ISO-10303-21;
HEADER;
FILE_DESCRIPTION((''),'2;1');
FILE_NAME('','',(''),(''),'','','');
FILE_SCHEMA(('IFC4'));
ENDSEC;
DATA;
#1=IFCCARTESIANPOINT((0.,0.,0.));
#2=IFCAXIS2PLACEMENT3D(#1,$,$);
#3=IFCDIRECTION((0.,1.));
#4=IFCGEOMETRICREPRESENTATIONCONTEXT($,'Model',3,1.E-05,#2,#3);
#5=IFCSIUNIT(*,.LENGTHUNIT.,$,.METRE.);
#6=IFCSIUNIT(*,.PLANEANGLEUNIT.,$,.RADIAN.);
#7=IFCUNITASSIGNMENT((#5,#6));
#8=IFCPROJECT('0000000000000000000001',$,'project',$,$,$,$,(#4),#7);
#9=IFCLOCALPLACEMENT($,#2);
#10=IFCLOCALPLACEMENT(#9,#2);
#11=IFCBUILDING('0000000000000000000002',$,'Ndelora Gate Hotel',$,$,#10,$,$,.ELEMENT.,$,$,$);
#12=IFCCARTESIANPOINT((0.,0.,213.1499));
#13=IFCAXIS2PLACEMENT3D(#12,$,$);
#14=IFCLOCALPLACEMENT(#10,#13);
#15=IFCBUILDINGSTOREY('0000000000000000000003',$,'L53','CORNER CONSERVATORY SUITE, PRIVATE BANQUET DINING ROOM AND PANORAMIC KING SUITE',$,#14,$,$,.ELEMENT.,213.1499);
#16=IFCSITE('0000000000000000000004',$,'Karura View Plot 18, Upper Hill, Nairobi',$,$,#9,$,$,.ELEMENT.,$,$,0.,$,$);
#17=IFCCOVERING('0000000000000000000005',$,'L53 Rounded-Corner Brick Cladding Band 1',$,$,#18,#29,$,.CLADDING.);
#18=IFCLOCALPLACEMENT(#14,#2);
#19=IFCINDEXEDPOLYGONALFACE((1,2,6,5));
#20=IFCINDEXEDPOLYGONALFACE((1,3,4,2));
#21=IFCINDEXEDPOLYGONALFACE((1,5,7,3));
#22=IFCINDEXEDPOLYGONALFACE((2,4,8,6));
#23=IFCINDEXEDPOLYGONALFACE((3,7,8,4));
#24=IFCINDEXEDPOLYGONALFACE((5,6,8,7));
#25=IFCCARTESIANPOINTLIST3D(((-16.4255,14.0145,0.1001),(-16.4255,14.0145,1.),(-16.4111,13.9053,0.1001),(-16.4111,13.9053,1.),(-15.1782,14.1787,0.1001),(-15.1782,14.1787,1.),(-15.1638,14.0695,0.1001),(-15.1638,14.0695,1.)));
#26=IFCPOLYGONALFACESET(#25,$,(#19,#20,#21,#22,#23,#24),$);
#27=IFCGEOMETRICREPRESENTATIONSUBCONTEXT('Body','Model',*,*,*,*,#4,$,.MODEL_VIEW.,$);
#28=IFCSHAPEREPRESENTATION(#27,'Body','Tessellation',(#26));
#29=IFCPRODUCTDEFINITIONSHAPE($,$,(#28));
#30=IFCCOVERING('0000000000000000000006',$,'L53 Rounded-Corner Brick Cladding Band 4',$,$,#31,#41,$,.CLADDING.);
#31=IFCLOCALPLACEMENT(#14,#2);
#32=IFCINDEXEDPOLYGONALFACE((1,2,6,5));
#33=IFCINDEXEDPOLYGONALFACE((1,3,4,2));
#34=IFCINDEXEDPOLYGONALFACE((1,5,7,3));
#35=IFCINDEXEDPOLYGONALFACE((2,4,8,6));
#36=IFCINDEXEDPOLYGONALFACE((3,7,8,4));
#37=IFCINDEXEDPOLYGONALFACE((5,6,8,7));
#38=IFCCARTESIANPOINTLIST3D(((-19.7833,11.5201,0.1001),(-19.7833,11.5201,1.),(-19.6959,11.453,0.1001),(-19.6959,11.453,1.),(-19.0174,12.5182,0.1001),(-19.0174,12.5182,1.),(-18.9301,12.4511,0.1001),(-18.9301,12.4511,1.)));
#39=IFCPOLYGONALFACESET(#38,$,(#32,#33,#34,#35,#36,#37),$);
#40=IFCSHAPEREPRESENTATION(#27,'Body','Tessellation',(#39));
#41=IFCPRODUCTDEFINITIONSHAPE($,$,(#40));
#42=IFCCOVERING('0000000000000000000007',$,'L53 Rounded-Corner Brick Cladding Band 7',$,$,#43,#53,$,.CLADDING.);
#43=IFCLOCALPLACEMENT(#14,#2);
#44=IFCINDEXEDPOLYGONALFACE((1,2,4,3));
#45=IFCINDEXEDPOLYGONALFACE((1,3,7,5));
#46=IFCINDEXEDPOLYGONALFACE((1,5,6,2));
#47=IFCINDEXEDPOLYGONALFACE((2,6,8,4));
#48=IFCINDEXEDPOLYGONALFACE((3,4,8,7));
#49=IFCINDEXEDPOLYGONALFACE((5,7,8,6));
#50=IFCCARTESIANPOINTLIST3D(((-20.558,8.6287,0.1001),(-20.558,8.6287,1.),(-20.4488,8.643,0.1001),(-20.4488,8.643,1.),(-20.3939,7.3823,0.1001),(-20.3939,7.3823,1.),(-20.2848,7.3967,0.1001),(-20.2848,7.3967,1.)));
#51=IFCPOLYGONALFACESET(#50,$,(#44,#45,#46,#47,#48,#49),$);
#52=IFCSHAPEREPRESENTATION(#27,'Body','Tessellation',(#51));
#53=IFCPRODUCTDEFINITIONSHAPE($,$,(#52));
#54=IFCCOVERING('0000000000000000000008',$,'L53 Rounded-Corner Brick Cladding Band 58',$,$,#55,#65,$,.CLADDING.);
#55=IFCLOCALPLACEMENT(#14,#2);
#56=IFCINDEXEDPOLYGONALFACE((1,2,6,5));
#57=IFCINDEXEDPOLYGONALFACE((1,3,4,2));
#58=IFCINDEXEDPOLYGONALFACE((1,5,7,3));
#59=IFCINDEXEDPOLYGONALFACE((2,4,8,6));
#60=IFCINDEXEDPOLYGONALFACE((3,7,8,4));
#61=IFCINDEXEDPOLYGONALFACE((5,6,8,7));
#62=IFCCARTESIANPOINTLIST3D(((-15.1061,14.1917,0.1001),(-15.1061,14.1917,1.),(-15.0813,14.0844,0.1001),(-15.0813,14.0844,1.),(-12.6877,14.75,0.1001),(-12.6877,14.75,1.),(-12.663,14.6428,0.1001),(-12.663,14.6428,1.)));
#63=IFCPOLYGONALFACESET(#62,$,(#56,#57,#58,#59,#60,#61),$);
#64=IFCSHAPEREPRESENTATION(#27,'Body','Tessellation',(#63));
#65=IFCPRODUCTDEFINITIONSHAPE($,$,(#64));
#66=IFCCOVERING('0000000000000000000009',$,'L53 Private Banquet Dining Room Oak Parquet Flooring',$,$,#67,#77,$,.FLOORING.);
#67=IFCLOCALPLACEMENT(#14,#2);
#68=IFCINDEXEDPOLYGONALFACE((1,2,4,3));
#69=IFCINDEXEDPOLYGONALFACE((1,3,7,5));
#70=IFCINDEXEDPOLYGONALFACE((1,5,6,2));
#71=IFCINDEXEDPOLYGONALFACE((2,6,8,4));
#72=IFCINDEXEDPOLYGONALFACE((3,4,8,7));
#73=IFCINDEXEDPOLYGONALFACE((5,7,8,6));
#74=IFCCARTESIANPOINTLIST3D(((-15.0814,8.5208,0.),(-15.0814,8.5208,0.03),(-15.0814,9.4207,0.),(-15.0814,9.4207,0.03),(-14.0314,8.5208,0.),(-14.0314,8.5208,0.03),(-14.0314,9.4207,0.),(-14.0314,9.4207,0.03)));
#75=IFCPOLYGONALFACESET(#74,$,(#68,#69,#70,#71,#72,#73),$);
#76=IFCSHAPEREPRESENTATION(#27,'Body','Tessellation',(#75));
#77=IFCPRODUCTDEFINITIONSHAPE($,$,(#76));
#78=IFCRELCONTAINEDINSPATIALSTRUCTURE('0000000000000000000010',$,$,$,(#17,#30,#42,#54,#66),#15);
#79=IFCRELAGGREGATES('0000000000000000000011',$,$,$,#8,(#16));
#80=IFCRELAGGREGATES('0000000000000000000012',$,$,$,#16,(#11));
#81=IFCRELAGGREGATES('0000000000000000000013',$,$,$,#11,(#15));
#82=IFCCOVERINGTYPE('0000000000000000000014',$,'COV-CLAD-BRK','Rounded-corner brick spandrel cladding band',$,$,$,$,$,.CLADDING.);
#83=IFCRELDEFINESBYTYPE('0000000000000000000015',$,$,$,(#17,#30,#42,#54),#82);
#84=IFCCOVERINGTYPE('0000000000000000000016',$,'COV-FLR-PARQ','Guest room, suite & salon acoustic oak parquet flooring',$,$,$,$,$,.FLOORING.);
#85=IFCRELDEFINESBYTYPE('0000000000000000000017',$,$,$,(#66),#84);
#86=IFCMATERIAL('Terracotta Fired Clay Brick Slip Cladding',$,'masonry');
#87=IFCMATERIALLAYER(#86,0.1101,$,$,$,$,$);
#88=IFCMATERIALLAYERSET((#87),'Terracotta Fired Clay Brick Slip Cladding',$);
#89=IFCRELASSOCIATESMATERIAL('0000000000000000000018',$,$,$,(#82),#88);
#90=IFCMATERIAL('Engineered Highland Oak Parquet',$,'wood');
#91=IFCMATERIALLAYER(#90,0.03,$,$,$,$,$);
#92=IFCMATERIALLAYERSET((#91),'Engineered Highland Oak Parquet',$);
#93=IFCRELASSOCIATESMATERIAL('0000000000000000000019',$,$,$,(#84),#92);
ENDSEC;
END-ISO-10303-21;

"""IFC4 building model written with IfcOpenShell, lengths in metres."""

from ifc_helpers import new_model, si_unit, direction, frame, origin, origin_2d, place, context, subcontext, project, spatial, rectangle, extrude, material, layer, layer_set, type_object, element, save


model = new_model("IFC4")

# Units and contexts
model_context = context("Model", 3, precision=1e-05, world=origin(), true_north=direction((0.0, 1.0)))
body_context = subcontext(model_context, "Body", "Model", "MODEL_VIEW")
ifc_project = project(units=[si_unit("LENGTHUNIT", "METRE"), si_unit("PLANEANGLEUNIT", "RADIAN")], contexts=[model_context])

# Site, building, storey
site_placement = place(None, origin())
site = spatial("IfcSite", under=ifc_project, at=site_placement, Name="Karura View Plot 18, Upper Hill, Nairobi", CompositionType="ELEMENT", RefElevation=0.0)
building_placement = place(site_placement, origin())
building = spatial("IfcBuilding", under=site, at=building_placement, Name="Ndelora Gate Hotel", CompositionType="ELEMENT")
storey_placement = place(building_placement, frame((0.0, 0.0, 213.1499)))
storey = spatial("IfcBuildingStorey", under=building, at=storey_placement, Name="L53", Description="CORNER CONSERVATORY SUITE, PRIVATE BANQUET DINING ROOM AND PANORAMIC KING SUITE", CompositionType="ELEMENT", Elevation=213.1499)

# Coverings
ifc_material_1 = material(Name="Terracotta Fired Clay Brick Slip Cladding", Category="masonry")
ifc_layer_1 = layer(ifc_material_1, 0.1101)
ifc_layer_set_1 = layer_set([ifc_layer_1], Name="Terracotta Fired Clay Brick Slip Cladding")
covering_type_1 = type_object("IfcCoveringType", Name="COV-CLAD-BRK", Description="Rounded-corner brick spandrel cladding band", PredefinedType="CLADDING", material=ifc_layer_set_1)
for number, where, z_axis, x_axis, name in (
    (1, (-15.7947, 14.042, 0.1001), (0.0, 0.0, 1.0), (0.991445, 0.130526, 0.0), "L53 Rounded-Corner Brick Cladding Band 1"),
    (2, (-19.3567, 11.9856, 0.1001), (0.0, 0.0, 1.0), (0.608761, 0.793353, 0.0), "L53 Rounded-Corner Brick Cladding Band 4"),
):
    element("IfcCovering", number, at=place(storey_placement, frame(where, z_axis=z_axis, x_axis=x_axis)), inside=storey, type_object=covering_type_1, Name=name, PredefinedType="CLADDING", context=body_context, shape_type="SweptSolid", body=[
        extrude(rectangle(XDim=1.2581, YDim=0.1101, at=origin_2d()), origin(), (0.0, 0.0, 1.0), 0.8999),
    ])
covering_1_placement = place(storey_placement, frame((-20.4214, 8.0127, 0.1001), z_axis=(0.0, 0.0, 1.0), x_axis=(-0.130526, 0.991445, 0.0)))
element("IfcCovering", 3, at=covering_1_placement, inside=storey, type_object=covering_type_1, Name="L53 Rounded-Corner Brick Cladding Band 7", PredefinedType="CLADDING", context=body_context, shape_type="SweptSolid", body=[
    extrude(rectangle(XDim=1.2571, YDim=0.1101, at=origin_2d()), origin(), (0.0, 0.0, 1.0), 0.8999),
])
covering_2_placement = place(storey_placement, frame((-13.8845, 14.4172, 0.1001), z_axis=(0.0, 0.0, 1.0), x_axis=(0.97437, 0.224951, 0.0)))
element("IfcCovering", 4, at=covering_2_placement, inside=storey, type_object=covering_type_1, Name="L53 Rounded-Corner Brick Cladding Band 58", PredefinedType="CLADDING", context=body_context, shape_type="SweptSolid", body=[
    extrude(rectangle(XDim=2.4819, YDim=0.1101, at=origin_2d()), origin(), (0.0, 0.0, 1.0), 0.8999),
])
ifc_material_2 = material(Name="Engineered Highland Oak Parquet", Category="wood")
ifc_layer_2 = layer(ifc_material_2, 0.03)
ifc_layer_set_2 = layer_set([ifc_layer_2], Name="Engineered Highland Oak Parquet")
covering_type_2 = type_object("IfcCoveringType", Name="COV-FLR-PARQ", Description="Guest room, suite & salon acoustic oak parquet flooring", PredefinedType="FLOORING", material=ifc_layer_set_2)
covering_3_placement = place(storey_placement, frame((-14.5564, 8.9707, 0.0), z_axis=(0.0, 0.0, 1.0), x_axis=(1.0, 0.0, 0.0)))
element("IfcCovering", 5, at=covering_3_placement, inside=storey, type_object=covering_type_2, Name="L53 Private Banquet Dining Room Oak Parquet Flooring", PredefinedType="FLOORING", context=body_context, shape_type="SweptSolid", body=[
    extrude(rectangle(XDim=1.05, YDim=0.8999, at=origin_2d()), origin(), (0.0, 0.0, 1.0), 0.03),
])

save(model, "model.ifc")
